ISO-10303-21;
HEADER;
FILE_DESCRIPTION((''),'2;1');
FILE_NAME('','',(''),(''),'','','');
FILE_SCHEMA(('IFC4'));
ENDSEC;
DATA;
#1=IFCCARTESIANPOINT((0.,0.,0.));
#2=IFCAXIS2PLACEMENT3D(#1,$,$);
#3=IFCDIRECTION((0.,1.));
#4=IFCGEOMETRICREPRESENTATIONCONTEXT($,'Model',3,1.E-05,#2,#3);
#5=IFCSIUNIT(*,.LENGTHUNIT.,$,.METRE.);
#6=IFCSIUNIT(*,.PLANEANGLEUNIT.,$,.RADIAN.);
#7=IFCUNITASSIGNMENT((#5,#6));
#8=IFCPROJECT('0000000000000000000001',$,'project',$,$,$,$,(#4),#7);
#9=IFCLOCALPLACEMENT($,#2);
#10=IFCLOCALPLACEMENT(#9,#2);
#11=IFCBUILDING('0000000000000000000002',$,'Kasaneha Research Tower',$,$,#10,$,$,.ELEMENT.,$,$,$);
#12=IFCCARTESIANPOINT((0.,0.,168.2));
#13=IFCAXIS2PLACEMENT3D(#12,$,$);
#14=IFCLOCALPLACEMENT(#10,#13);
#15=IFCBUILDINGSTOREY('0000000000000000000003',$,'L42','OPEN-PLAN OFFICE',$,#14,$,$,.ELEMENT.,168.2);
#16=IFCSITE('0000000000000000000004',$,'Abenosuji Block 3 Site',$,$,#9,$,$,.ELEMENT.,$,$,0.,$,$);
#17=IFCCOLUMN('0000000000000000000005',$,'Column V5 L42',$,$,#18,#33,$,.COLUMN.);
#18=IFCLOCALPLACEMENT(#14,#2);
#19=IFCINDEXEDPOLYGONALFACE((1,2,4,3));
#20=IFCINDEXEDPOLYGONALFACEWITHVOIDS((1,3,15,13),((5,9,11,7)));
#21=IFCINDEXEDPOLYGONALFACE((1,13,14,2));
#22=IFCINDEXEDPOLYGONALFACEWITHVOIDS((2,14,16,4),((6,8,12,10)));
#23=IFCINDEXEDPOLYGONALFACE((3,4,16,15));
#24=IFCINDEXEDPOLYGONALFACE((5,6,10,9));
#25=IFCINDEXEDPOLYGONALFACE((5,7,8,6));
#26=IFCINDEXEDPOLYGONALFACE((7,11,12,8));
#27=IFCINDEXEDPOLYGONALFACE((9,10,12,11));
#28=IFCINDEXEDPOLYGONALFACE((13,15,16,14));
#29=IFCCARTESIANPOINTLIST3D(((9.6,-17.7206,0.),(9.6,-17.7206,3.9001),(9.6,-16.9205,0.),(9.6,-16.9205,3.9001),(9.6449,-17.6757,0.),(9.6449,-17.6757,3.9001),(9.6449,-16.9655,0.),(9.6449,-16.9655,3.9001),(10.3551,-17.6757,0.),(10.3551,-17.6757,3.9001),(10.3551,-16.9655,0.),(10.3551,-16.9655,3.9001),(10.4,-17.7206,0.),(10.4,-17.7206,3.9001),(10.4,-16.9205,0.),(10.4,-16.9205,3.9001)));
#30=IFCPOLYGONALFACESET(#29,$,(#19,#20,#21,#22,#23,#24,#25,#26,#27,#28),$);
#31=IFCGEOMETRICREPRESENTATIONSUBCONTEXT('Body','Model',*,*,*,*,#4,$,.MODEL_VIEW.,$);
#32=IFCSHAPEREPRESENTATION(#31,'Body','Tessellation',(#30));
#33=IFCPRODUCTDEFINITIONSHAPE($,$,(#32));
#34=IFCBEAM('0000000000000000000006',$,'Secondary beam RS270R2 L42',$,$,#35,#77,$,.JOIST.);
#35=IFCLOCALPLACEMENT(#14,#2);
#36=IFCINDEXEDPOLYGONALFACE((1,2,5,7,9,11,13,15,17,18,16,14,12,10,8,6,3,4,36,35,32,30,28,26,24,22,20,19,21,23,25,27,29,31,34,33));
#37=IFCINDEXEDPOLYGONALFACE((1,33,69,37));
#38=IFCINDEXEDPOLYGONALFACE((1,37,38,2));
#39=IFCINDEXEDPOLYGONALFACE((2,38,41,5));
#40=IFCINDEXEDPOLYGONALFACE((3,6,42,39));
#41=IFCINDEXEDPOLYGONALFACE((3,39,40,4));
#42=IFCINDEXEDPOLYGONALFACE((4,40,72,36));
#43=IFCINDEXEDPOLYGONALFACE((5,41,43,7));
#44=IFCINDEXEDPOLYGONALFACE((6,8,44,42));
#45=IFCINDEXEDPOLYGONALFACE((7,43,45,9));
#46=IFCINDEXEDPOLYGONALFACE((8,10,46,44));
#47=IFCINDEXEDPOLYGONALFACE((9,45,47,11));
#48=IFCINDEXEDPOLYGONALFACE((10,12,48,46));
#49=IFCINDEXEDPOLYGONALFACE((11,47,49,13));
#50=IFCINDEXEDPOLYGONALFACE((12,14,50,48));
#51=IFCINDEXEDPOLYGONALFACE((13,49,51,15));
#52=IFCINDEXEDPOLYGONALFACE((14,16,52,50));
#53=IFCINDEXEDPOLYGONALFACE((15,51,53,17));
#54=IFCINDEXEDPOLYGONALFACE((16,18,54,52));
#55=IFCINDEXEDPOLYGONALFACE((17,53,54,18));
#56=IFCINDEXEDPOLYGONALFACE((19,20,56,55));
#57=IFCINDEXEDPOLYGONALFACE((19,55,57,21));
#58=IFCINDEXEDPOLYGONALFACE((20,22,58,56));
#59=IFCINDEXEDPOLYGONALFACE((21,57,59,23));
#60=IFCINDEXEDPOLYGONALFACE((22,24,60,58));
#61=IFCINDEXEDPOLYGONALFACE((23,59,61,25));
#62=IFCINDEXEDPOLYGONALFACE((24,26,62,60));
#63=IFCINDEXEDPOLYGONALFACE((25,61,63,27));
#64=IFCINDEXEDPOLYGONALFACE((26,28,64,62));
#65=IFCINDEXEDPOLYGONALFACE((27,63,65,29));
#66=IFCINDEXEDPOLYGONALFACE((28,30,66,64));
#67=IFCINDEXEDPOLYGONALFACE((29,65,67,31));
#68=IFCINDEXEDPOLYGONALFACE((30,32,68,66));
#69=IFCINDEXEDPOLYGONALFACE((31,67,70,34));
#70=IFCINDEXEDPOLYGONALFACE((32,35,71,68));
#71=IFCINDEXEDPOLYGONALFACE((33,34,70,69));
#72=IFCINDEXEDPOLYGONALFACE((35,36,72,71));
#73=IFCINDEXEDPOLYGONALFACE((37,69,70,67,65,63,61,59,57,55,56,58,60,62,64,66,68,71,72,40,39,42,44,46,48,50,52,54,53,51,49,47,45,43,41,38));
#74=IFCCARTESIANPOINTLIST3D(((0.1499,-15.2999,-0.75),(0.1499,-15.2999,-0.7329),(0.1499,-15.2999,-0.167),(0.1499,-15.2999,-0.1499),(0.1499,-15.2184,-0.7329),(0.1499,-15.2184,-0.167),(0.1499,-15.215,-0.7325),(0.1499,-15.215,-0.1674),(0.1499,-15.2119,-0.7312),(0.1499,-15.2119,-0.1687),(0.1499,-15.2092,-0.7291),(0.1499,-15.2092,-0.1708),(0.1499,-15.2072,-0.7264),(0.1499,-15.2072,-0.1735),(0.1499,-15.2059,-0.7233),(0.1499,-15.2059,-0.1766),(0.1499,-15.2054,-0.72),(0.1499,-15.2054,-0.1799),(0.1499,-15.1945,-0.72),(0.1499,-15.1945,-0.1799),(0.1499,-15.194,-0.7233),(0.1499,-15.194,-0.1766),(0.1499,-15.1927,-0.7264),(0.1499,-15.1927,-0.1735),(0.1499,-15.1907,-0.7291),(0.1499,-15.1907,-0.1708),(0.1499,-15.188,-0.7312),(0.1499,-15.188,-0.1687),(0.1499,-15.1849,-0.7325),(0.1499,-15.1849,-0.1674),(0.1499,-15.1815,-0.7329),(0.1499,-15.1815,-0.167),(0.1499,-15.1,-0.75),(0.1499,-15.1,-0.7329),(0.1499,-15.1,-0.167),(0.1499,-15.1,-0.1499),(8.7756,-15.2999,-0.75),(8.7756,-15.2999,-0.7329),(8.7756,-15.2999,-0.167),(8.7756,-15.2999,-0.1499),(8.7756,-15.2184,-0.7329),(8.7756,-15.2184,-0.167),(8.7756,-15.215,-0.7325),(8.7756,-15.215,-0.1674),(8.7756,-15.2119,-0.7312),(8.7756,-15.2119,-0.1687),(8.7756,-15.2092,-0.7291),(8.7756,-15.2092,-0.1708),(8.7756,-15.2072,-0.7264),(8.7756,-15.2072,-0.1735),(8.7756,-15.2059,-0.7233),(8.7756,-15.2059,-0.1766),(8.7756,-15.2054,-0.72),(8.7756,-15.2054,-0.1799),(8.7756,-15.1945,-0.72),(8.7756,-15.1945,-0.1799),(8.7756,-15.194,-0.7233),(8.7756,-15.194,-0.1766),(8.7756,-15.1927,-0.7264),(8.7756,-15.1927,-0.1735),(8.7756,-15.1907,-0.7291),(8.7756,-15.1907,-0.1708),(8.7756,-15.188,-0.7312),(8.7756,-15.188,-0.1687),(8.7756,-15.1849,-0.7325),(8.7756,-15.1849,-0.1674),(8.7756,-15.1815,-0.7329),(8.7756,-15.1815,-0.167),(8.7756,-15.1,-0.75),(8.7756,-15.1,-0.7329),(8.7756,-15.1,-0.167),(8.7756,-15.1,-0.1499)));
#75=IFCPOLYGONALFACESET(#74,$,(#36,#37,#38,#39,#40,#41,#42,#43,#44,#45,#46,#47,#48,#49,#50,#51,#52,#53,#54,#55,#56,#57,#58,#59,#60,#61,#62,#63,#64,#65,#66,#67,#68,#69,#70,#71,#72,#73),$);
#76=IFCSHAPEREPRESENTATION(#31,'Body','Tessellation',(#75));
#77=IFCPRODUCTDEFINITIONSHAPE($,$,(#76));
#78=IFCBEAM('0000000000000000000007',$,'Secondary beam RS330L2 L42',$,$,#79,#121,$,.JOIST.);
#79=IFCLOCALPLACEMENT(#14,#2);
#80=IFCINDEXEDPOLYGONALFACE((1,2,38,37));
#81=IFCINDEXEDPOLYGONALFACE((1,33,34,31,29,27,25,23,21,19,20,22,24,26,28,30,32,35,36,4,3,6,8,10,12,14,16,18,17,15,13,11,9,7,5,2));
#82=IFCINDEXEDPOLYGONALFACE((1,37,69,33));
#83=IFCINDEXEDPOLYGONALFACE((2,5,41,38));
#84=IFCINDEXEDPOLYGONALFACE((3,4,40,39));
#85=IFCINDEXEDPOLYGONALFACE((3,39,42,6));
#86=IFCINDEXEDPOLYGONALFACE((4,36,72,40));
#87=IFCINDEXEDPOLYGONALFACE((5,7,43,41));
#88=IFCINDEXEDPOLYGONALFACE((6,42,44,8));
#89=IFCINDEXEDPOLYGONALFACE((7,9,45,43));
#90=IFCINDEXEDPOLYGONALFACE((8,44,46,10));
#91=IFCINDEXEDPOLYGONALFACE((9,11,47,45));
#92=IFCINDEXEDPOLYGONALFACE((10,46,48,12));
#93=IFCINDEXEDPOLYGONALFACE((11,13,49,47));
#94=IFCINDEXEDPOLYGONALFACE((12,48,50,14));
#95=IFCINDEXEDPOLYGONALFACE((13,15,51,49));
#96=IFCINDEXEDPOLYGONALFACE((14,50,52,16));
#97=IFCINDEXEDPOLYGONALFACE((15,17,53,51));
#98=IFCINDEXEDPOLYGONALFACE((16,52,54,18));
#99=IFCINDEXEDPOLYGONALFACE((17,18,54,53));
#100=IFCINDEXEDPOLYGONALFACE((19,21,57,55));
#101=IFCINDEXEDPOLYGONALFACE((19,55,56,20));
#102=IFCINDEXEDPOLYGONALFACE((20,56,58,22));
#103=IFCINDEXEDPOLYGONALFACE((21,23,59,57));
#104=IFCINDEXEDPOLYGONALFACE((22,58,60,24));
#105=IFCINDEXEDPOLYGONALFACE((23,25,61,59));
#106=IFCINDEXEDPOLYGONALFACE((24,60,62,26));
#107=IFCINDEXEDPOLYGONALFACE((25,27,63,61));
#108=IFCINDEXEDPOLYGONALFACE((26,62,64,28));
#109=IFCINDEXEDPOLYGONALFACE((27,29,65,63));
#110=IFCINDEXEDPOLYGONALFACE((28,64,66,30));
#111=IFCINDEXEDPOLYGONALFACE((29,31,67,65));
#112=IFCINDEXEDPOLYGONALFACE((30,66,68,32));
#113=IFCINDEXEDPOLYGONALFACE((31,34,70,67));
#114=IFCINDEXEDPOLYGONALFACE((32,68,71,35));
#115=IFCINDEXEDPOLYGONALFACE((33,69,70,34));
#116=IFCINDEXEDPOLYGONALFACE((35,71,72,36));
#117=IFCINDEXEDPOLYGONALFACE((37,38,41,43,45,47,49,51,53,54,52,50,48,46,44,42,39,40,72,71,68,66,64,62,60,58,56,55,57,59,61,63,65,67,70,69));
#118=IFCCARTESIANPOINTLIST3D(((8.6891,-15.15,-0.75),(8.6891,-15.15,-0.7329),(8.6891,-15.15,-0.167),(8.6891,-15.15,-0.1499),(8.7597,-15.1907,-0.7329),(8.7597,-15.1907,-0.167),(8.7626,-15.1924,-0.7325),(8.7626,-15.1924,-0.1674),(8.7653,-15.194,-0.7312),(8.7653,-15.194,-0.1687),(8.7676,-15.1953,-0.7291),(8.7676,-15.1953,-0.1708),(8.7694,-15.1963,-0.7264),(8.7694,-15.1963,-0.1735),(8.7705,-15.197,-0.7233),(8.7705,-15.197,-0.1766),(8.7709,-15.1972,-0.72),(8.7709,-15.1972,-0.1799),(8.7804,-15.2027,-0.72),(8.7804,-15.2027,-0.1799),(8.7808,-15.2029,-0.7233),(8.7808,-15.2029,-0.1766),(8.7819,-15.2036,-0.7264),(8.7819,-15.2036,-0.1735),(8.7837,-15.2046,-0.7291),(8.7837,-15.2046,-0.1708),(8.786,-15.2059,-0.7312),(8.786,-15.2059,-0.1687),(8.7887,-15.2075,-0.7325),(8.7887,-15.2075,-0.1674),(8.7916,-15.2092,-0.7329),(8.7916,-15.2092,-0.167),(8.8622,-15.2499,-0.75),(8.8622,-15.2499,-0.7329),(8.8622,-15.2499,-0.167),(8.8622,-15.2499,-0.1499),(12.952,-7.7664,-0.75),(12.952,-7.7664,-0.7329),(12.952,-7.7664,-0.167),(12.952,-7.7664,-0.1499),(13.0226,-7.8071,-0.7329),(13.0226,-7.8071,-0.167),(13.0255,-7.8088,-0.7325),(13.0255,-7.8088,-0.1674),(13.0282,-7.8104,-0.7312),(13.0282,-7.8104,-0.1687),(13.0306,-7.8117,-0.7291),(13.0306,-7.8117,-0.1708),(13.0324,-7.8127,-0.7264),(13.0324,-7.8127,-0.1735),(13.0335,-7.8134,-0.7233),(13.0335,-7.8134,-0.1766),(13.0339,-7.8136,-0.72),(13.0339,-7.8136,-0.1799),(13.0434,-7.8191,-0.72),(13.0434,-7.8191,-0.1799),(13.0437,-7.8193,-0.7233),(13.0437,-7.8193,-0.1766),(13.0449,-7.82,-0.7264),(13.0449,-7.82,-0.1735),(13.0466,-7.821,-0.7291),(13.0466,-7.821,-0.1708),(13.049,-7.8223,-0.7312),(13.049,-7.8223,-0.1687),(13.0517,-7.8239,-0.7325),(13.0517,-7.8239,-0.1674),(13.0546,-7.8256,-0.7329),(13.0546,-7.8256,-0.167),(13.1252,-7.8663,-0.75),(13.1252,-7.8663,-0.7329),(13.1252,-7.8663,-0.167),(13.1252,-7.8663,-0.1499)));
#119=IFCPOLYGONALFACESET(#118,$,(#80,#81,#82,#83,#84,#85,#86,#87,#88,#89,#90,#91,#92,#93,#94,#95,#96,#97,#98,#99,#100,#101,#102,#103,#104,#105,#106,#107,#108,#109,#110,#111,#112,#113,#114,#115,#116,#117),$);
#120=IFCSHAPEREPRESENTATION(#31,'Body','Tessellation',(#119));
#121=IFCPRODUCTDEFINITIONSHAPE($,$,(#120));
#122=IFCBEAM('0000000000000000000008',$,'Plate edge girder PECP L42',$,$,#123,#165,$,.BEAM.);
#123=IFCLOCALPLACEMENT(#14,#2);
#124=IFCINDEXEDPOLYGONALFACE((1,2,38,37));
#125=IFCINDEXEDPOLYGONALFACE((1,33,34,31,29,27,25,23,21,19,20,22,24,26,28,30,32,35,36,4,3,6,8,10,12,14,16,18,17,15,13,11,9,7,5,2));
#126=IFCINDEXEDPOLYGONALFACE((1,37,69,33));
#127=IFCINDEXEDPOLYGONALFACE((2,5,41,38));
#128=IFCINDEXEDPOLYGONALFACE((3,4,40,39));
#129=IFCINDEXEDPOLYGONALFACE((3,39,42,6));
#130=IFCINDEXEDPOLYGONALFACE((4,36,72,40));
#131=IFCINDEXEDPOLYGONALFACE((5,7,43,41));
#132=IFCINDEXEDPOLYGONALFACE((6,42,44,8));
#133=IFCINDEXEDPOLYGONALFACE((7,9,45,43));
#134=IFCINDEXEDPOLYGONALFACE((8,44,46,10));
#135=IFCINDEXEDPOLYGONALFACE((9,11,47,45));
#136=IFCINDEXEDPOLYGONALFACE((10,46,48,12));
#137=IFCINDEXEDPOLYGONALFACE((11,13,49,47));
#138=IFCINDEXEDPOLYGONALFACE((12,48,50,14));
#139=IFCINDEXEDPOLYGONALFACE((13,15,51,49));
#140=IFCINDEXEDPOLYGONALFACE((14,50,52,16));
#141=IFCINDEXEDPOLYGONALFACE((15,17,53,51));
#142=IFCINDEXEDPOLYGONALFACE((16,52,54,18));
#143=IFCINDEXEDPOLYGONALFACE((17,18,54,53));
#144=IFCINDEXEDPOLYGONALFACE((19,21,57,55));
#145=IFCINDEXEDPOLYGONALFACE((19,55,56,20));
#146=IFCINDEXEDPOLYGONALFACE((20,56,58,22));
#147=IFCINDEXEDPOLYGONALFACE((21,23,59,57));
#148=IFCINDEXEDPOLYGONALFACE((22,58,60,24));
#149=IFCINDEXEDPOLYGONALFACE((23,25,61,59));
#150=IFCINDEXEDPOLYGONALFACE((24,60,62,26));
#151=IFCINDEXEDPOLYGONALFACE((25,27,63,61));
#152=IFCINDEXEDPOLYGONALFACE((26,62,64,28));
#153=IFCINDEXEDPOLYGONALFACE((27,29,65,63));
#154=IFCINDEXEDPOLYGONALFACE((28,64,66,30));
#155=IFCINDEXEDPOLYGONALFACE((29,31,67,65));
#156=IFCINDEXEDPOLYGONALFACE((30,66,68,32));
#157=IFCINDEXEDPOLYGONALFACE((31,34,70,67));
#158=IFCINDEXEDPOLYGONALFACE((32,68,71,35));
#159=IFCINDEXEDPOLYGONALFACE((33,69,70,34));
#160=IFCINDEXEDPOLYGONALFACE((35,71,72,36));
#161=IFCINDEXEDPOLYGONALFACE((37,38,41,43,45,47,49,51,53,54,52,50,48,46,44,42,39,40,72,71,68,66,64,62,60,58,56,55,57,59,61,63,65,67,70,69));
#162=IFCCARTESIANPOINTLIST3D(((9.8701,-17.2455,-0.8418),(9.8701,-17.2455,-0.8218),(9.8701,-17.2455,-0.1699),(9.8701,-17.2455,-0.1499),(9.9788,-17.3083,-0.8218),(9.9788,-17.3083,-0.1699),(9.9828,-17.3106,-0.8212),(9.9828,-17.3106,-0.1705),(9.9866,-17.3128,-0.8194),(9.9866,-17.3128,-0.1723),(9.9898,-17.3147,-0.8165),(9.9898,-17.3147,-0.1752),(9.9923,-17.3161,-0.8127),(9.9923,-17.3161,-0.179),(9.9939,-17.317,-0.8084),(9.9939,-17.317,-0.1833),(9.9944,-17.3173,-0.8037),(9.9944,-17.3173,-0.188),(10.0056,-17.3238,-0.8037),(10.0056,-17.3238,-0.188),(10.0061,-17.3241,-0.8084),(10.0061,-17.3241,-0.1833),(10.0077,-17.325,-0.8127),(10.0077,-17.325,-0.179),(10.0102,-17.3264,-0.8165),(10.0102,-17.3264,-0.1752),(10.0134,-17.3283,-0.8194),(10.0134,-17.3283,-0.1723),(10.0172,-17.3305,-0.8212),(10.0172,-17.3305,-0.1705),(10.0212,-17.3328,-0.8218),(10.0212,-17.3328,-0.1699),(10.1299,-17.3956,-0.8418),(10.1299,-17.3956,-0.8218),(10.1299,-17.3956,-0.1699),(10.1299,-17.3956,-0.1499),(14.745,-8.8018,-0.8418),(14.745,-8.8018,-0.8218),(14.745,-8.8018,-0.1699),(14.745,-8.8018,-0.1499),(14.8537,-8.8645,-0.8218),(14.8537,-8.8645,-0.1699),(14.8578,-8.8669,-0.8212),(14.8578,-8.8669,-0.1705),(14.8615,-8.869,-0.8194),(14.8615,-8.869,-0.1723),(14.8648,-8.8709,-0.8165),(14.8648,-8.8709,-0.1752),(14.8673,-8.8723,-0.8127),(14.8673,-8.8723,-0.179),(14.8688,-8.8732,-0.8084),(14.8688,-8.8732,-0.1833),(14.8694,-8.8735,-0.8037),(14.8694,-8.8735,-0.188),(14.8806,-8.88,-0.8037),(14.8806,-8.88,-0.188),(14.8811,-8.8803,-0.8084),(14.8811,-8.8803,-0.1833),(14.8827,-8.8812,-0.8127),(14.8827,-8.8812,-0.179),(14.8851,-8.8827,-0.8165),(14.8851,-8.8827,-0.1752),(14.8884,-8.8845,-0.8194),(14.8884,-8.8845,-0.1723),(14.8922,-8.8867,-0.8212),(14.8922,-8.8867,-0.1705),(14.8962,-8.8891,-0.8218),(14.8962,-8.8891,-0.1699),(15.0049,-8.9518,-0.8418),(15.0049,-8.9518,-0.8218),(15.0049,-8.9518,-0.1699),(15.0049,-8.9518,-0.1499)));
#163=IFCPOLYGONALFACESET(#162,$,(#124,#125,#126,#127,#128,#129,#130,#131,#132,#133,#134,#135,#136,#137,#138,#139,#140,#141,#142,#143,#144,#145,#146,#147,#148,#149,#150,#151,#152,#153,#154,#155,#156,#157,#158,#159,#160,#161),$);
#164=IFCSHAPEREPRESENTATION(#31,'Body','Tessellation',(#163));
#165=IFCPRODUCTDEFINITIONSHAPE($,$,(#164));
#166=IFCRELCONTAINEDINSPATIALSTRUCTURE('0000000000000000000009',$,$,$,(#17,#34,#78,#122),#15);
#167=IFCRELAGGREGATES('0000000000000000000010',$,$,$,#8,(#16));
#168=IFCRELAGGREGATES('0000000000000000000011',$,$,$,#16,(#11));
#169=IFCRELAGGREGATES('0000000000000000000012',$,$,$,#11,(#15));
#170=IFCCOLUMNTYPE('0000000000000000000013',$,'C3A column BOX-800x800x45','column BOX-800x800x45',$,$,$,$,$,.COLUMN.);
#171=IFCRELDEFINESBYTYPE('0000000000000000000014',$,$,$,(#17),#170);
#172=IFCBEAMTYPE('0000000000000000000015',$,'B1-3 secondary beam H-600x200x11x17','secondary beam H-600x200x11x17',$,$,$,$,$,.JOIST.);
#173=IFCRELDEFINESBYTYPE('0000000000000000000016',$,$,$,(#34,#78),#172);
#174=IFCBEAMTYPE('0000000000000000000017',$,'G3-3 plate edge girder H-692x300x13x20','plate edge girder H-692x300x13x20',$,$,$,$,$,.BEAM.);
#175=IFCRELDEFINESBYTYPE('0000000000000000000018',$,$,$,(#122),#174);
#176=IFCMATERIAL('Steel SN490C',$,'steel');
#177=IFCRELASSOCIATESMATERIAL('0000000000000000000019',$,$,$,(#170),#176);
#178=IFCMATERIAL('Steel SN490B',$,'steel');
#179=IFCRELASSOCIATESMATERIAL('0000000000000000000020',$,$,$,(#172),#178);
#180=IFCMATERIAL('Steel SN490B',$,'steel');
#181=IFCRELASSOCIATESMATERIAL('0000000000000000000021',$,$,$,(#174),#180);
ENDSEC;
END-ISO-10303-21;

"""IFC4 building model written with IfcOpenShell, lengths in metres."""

from ifc_helpers import new_model, si_unit, direction, frame, origin, origin_2d, place, context, subcontext, project, spatial, hollow_rectangle, i_section, extrude, material, material_profile, profile_set, type_object, element, save


model = new_model("IFC4")

# Units and contexts
model_context = context("Model", 3, precision=1e-05, world=origin(), true_north=direction((0.0, 1.0)))
body_context = subcontext(model_context, "Body", "Model", "MODEL_VIEW")
ifc_project = project(units=[si_unit("LENGTHUNIT", "METRE"), si_unit("PLANEANGLEUNIT", "RADIAN")], contexts=[model_context])

# Site, building, storey
site_placement = place(None, origin())
site = spatial("IfcSite", under=ifc_project, at=site_placement, Name="Abenosuji Block 3 Site", CompositionType="ELEMENT", RefElevation=0.0)
building_placement = place(site_placement, origin())
building = spatial("IfcBuilding", under=site, at=building_placement, Name="Kasaneha Research Tower", CompositionType="ELEMENT")
storey_placement = place(building_placement, frame((0.0, 0.0, 168.2)))
storey = spatial("IfcBuildingStorey", under=building, at=storey_placement, Name="L42", Description="OPEN-PLAN OFFICE", CompositionType="ELEMENT", Elevation=168.2)

# Column
ifc_material_1 = material(Name="Steel SN490C", Category="steel")
ifc_material_profile_1 = material_profile(ifc_material_1, hollow_rectangle(XDim=0.8, YDim=0.8, WallThickness=0.0449, at=origin_2d()), Name="BOX-800x800x45")
ifc_profile_set_1 = profile_set([ifc_material_profile_1], Name="Steel SN490C")
column_type = type_object("IfcColumnType", Name="C3A column BOX-800x800x45", Description="column BOX-800x800x45", PredefinedType="COLUMN", material=ifc_profile_set_1)
column_placement = place(storey_placement, frame((10.0, -17.3206, 0.0), z_axis=(0.0, 0.0, 1.0), x_axis=(1.0, 0.0, 0.0)))
element("IfcColumn", 1, at=column_placement, inside=storey, type_object=column_type, Name="Column V5 L42", PredefinedType="COLUMN", context=body_context, shape_type="SweptSolid", body=[
    extrude(hollow_rectangle(XDim=0.8, YDim=0.8, WallThickness=0.0449, at=origin_2d()), origin(), (0.0, 0.0, 1.0), 3.9001),
])

# Beams
ifc_material_2 = material(Name="Steel SN490B", Category="steel")
ifc_material_profile_2 = material_profile(ifc_material_2, i_section(OverallWidth=0.2, OverallDepth=0.6001, WebThickness=0.011, FlangeThickness=0.0171, FilletRadius=0.0129, at=origin_2d()), Name="H-600x200x11x17")
ifc_profile_set_2 = profile_set([ifc_material_profile_2], Name="Steel SN490B")
beam_type_1 = type_object("IfcBeamType", Name="B1-3 secondary beam H-600x200x11x17", Description="secondary beam H-600x200x11x17", PredefinedType="JOIST", material=ifc_profile_set_2)
beam_1_placement = place(storey_placement, frame((8.7756, -15.2, -0.45), z_axis=(-1.0, 0.0, 0.0), x_axis=(0.0, -1.0, 0.0)))
element("IfcBeam", 2, at=beam_1_placement, inside=storey, type_object=beam_type_1, Name="Secondary beam RS270R2 L42", PredefinedType="JOIST", context=body_context, shape_type="SweptSolid", body=[
    extrude(i_section(OverallWidth=0.2, OverallDepth=0.6001, WebThickness=0.011, FlangeThickness=0.0171, FilletRadius=0.0129, at=origin_2d()), origin(), (0.0, 0.0, 1.0), 8.6257),
])
beam_2_placement = place(storey_placement, frame((8.7756, -15.2, -0.45), z_axis=(0.500004, 0.866023, 0.0), x_axis=(-0.866023, 0.500004, 0.0)))
element("IfcBeam", 3, at=beam_2_placement, inside=storey, type_object=beam_type_1, Name="Secondary beam RS330L2 L42", PredefinedType="JOIST", context=body_context, shape_type="SweptSolid", body=[
    extrude(i_section(OverallWidth=0.2, OverallDepth=0.6001, WebThickness=0.011, FlangeThickness=0.0171, FilletRadius=0.0129, at=origin_2d()), origin(), (0.0, 0.0, 1.0), 8.5259),
])
ifc_material_3 = material(Name="Steel SN490B", Category="steel")
ifc_material_profile_3 = material_profile(ifc_material_3, i_section(OverallWidth=0.3, OverallDepth=0.6919, WebThickness=0.0129, FlangeThickness=0.02, FilletRadius=0.0181, at=origin_2d()), Name="H-692x300x13x20")
ifc_profile_set_3 = profile_set([ifc_material_profile_3], Name="Steel SN490B")
beam_type_2 = type_object("IfcBeamType", Name="G3-3 plate edge girder H-692x300x13x20", Description="plate edge girder H-692x300x13x20", PredefinedType="BEAM", material=ifc_profile_set_3)
beam_3_placement = place(storey_placement, frame((10.0, -17.3206, -0.4958), z_axis=(0.499996, 0.866028, 0.0), x_axis=(-0.866028, 0.499996, 0.0)))
element("IfcBeam", 4, at=beam_3_placement, inside=storey, type_object=beam_type_2, Name="Plate edge girder PECP L42", PredefinedType="BEAM", context=body_context, shape_type="SweptSolid", body=[
    extrude(i_section(OverallWidth=0.3, OverallDepth=0.6919, WebThickness=0.0129, FlangeThickness=0.02, FilletRadius=0.0181, at=origin_2d()), origin(), (0.0, 0.0, 1.0), 9.75),
])

save(model, "model.ifc")
